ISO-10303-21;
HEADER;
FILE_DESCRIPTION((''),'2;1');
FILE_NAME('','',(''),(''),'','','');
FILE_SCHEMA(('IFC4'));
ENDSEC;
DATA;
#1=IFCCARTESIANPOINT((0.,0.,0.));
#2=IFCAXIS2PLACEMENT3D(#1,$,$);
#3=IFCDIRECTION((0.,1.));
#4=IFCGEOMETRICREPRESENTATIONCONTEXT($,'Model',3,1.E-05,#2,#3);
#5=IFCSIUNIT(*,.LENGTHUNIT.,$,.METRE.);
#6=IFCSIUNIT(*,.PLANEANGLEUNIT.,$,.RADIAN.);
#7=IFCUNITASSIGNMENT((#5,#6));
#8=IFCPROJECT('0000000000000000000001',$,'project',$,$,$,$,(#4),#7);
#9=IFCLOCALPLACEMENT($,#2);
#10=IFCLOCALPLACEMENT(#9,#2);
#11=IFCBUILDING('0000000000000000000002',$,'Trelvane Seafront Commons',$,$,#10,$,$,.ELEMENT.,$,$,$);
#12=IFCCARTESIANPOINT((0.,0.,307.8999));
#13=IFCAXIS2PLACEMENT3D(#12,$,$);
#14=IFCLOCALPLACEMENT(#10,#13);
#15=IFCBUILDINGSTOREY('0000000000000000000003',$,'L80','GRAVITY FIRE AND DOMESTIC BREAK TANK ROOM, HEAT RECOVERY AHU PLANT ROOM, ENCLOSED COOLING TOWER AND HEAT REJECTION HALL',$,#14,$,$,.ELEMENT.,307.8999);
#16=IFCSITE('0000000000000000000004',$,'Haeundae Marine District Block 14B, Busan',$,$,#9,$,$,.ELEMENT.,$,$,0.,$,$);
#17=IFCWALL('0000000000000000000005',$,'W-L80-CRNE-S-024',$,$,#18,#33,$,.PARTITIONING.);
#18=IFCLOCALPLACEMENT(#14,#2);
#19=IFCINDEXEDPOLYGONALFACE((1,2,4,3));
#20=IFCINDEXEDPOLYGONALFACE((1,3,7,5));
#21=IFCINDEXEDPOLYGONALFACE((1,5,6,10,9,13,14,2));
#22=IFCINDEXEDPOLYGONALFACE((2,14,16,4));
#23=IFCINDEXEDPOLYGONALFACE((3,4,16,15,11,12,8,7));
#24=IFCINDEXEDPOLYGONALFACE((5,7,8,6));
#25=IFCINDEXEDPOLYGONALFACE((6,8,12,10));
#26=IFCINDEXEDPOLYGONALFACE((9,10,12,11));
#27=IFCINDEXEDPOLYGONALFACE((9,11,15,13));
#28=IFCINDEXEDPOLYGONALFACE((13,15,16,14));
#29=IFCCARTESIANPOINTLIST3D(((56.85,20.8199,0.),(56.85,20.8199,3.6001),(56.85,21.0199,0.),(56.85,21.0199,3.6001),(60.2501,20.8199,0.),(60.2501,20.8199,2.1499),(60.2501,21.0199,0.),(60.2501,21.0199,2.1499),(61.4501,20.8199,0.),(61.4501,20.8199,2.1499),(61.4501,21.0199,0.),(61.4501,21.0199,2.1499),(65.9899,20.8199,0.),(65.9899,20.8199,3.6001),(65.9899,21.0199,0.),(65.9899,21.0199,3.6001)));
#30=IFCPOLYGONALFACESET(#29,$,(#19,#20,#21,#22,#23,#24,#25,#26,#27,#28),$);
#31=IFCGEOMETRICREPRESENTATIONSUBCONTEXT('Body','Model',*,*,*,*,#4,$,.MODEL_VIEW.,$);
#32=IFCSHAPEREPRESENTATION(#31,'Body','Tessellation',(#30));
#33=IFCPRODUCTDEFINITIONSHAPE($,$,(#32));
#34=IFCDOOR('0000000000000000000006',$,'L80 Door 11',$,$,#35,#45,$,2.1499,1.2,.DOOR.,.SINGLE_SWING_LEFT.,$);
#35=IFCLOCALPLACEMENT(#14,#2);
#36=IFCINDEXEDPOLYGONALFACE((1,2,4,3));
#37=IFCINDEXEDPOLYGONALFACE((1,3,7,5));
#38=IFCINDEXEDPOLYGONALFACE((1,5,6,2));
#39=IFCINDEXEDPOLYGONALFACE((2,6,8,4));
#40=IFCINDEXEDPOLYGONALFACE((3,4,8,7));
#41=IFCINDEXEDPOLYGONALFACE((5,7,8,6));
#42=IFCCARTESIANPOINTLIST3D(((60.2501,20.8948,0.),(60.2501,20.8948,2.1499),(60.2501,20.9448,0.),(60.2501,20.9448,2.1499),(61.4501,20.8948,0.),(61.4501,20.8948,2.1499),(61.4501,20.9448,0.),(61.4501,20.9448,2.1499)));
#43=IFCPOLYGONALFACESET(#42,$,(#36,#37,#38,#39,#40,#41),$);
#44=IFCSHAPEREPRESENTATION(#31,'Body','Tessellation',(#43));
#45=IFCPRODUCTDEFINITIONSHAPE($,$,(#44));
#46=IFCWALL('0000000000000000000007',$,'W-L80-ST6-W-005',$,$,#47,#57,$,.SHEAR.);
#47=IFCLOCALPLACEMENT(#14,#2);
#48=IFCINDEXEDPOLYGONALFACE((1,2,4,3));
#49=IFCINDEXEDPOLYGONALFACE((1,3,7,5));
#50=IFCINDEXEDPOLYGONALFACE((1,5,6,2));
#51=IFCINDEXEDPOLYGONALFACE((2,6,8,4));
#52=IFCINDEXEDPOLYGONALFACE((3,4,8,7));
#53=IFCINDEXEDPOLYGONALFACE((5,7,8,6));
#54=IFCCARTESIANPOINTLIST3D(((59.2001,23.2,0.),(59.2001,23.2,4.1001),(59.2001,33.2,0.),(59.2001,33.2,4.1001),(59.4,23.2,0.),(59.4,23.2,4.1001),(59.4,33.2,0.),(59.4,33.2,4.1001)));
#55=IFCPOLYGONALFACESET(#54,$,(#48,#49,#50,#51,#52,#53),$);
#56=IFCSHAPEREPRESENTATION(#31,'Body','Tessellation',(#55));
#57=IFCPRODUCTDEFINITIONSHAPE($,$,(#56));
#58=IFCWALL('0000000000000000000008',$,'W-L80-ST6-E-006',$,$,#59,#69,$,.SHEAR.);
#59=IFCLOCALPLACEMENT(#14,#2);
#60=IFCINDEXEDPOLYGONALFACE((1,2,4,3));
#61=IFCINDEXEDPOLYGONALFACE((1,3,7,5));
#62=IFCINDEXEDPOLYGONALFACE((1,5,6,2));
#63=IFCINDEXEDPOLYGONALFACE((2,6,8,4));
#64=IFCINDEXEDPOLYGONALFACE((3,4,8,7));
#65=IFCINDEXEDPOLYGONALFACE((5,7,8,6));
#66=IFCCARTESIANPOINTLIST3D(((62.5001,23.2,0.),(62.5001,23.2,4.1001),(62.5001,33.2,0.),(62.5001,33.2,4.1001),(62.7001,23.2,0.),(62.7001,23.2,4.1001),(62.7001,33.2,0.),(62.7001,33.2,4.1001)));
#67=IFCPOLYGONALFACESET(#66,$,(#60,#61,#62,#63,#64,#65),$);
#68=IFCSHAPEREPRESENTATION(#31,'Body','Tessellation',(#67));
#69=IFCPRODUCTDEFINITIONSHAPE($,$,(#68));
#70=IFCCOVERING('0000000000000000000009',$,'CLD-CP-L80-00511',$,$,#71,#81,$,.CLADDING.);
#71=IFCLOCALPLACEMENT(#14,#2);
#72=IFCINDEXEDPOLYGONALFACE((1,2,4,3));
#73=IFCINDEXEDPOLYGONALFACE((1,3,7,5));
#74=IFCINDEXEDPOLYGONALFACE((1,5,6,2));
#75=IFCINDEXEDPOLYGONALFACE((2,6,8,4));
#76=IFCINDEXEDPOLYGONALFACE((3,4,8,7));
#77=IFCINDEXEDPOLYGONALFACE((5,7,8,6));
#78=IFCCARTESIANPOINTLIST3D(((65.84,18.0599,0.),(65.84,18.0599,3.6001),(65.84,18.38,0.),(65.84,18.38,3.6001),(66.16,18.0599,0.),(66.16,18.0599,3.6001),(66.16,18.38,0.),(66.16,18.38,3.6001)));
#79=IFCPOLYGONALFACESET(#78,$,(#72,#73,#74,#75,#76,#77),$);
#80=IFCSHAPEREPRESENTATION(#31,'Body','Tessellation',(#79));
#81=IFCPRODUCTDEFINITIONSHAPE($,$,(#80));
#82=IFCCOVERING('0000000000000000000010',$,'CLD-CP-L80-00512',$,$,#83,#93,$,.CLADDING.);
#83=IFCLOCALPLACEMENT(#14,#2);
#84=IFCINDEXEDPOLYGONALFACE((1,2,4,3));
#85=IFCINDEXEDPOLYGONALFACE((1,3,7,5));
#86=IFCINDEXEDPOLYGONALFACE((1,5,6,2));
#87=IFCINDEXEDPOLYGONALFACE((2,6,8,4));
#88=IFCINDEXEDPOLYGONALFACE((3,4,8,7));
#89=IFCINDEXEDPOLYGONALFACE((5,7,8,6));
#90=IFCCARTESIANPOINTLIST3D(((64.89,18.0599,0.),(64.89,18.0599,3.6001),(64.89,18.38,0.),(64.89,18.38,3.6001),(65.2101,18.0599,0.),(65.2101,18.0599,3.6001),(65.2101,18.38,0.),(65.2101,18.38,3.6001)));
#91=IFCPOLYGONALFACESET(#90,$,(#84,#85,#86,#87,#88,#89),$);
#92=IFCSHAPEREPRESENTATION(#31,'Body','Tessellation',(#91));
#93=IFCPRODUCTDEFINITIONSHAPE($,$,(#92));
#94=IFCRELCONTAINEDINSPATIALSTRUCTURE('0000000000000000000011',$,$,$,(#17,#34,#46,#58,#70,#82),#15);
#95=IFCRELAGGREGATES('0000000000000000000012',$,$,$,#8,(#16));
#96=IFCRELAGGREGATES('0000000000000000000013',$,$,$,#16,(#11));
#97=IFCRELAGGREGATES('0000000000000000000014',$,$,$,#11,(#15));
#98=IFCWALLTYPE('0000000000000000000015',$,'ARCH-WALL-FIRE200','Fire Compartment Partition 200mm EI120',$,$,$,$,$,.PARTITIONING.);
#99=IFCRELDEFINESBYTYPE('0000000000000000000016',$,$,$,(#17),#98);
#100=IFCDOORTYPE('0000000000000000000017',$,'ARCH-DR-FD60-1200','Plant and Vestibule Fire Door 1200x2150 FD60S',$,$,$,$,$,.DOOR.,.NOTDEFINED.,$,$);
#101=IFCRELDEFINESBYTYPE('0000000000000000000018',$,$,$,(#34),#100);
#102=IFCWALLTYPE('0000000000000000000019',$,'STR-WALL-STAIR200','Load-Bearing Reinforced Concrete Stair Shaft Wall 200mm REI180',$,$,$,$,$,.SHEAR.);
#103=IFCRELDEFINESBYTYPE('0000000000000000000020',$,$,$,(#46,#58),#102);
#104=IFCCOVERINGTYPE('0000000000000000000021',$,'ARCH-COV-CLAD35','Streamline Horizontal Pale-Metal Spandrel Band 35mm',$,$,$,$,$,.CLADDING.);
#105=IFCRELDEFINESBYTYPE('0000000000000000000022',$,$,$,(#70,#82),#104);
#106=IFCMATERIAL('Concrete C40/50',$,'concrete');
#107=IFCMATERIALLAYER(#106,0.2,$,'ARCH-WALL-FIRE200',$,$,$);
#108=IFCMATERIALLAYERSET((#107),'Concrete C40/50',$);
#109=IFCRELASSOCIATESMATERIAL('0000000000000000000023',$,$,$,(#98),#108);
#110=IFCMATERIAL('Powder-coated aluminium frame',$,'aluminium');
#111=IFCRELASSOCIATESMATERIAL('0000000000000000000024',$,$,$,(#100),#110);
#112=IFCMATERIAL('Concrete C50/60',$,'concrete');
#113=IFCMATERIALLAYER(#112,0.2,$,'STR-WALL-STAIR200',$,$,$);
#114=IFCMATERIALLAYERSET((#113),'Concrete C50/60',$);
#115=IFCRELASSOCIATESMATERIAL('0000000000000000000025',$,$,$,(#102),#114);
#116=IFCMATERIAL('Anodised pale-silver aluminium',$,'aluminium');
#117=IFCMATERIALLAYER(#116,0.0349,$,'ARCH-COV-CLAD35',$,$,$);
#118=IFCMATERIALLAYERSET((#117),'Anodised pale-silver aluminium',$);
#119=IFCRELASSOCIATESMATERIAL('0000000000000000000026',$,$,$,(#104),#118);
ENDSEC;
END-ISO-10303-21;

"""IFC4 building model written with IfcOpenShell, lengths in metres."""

from ifc_helpers import new_model, si_unit, direction, frame, frame_2d, origin, origin_2d, place, context, subcontext, project, spatial, rectangle, extrude, source, transform, mapped, material, layer, layer_set, type_object, element, fill, save


model = new_model("IFC4")

# Units and contexts
model_context = context("Model", 3, precision=1e-05, world=origin(), true_north=direction((0.0, 1.0)))
body_context = subcontext(model_context, "Body", "Model", "MODEL_VIEW")
ifc_project = project(units=[si_unit("LENGTHUNIT", "METRE"), si_unit("PLANEANGLEUNIT", "RADIAN")], contexts=[model_context])

# Site, building, storey
site_placement = place(None, origin())
site = spatial("IfcSite", under=ifc_project, at=site_placement, Name="Haeundae Marine District Block 14B, Busan", CompositionType="ELEMENT", RefElevation=0.0)
building_placement = place(site_placement, origin())
building = spatial("IfcBuilding", under=site, at=building_placement, Name="Trelvane Seafront Commons", CompositionType="ELEMENT")
storey_placement = place(building_placement, frame((0.0, 0.0, 307.8999)))
storey = spatial("IfcBuildingStorey", under=building, at=storey_placement, Name="L80", Description="GRAVITY FIRE AND DOMESTIC BREAK TANK ROOM, HEAT RECOVERY AHU PLANT ROOM, ENCLOSED COOLING TOWER AND HEAT REJECTION HALL", CompositionType="ELEMENT", Elevation=307.8999)

# Shared definitions
ifc_material_1 = material(Name="Anodised pale-silver aluminium", Category="aluminium")

# Wall, opening, door
ifc_material_2 = material(Name="Concrete C40/50", Category="concrete")
ifc_layer_1 = layer(ifc_material_2, 0.2, Name="ARCH-WALL-FIRE200")
ifc_layer_set_1 = layer_set([ifc_layer_1], Name="Concrete C40/50")
wall_type_1 = type_object("IfcWallType", Name="ARCH-WALL-FIRE200", Description="Fire Compartment Partition 200mm EI120", PredefinedType="PARTITIONING", material=ifc_layer_set_1)
wall_1_placement = place(storey_placement, frame((56.8501, 20.9199, 0.0), z_axis=(0.0, 0.0, 1.0), x_axis=(1.0, 0.0, 0.0)))
wall_1 = element("IfcWall", 1, at=wall_1_placement, inside=storey, type_object=wall_type_1, Name="W-L80-CRNE-S-024", PredefinedType="PARTITIONING", context=body_context, shape_type="SweptSolid", body=[
    extrude(rectangle(XDim=9.1399, YDim=0.2, at=frame_2d((4.5698, 0.0))), origin(), (0.0, 0.0, 1.0), 3.6001),
])
opening_1_placement = place(wall_1_placement, frame((3.3999, 0.0, 0.0)))
opening_1 = element("IfcOpeningElement", 2, at=opening_1_placement, cuts=wall_1, PredefinedType="OPENING", context=body_context, shape_type="SweptSolid", body=[
    extrude(rectangle(XDim=1.2, YDim=2.1499, at=frame_2d((0.6001, 1.075))), frame((0.0, 0.1099, 0.0), z_axis=(0.0, -1.0, 0.0), x_axis=(1.0, 0.0, 0.0)), (0.0, 0.0, 1.0), 0.22),
])
ifc_material_3 = material(Name="Powder-coated aluminium frame", Category="aluminium")
door_type_1 = type_object("IfcDoorType", Name="ARCH-DR-FD60-1200", Description="Plant and Vestibule Fire Door 1200x2150 FD60S", OperationType="NOTDEFINED", PredefinedType="DOOR", material=ifc_material_3)
shared_shape_1 = source(origin(), body_context, "Body", "SweptSolid", [
    extrude(rectangle(XDim=1.2, YDim=2.1499, at=frame_2d((0.6001, 1.075))), frame((0.0, 0.0249, 0.0), z_axis=(0.0, -1.0, 0.0), x_axis=(1.0, 0.0, 0.0)), (0.0, 0.0, 1.0), 0.05),
])
door_1_placement = place(opening_1_placement, origin())
door_1 = element("IfcDoor", 3, at=door_1_placement, inside=storey, type_object=door_type_1, Name="L80 Door 11", OperationType="SINGLE_SWING_LEFT", OverallHeight=2.1499, OverallWidth=1.2, PredefinedType="DOOR", context=body_context, shape_type="MappedRepresentation", body=[
    mapped(shared_shape_1, transform((0.0, 0.0, 0.0), x_axis=(1.0, 0.0, 0.0), y_axis=(0.0, 1.0, 0.0), z_axis=(0.0, 0.0, 1.0), scale=1.0)),
])
fill(opening_1, door_1)

# Walls
ifc_material_4 = material(Name="Concrete C50/60", Category="concrete")
ifc_layer_2 = layer(ifc_material_4, 0.2, Name="STR-WALL-STAIR200")
ifc_layer_set_2 = layer_set([ifc_layer_2], Name="Concrete C50/60")
wall_type_2 = type_object("IfcWallType", Name="STR-WALL-STAIR200", Description="Load-Bearing Reinforced Concrete Stair Shaft Wall 200mm REI180", PredefinedType="SHEAR", material=ifc_layer_set_2)
for number, where, z_axis, x_axis, name in (
    (4, (59.3, 23.2, 0.0), (0.0, 0.0, 1.0), (0.0, 1.0, 0.0), "W-L80-ST6-W-005"),
    (5, (62.6001, 23.2, 0.0), (0.0, 0.0, 1.0), (0.0, 1.0, 0.0), "W-L80-ST6-E-006"),
):
    element("IfcWall", number, at=place(storey_placement, frame(where, z_axis=z_axis, x_axis=x_axis)), inside=storey, type_object=wall_type_2, Name=name, PredefinedType="SHEAR", context=body_context, shape_type="SweptSolid", body=[
        extrude(rectangle(XDim=10.0, YDim=0.2, at=frame_2d((5.0, 0.0))), origin(), (0.0, 0.0, 1.0), 4.1001),
    ])

# Coverings
ifc_layer_3 = layer(ifc_material_1, 0.0349, Name="ARCH-COV-CLAD35")
ifc_layer_set_3 = layer_set([ifc_layer_3], Name="Anodised pale-silver aluminium")
covering_type = type_object("IfcCoveringType", Name="ARCH-COV-CLAD35", Description="Streamline Horizontal Pale-Metal Spandrel Band 35mm", PredefinedType="CLADDING", material=ifc_layer_set_3)
shared_shape_2 = source(origin(), body_context, "Body", "SweptSolid", [
    extrude(rectangle(XDim=0.3201, YDim=0.3201, at=origin_2d()), origin(), (0.0, 0.0, 1.0), 3.6001),
])
for number, where, z_axis, x_axis, name in (
    (6, (66.0, 18.22, 0.0), (0.0, 0.0, 1.0), (1.0, 0.0, 0.0), "CLD-CP-L80-00511"),
    (7, (65.05, 18.22, 0.0), (0.0, 0.0, 1.0), (1.0, 0.0, 0.0), "CLD-CP-L80-00512"),
):
    element("IfcCovering", number, at=place(storey_placement, frame(where, z_axis=z_axis, x_axis=x_axis)), inside=storey, type_object=covering_type, Name=name, PredefinedType="CLADDING", context=body_context, shape_type="MappedRepresentation", body=[
        mapped(shared_shape_2, transform((0.0, 0.0, 0.0), x_axis=(1.0, 0.0, 0.0), y_axis=(0.0, 1.0, 0.0), z_axis=(0.0, 0.0, 1.0), scale=1.0)),
    ])

save(model, "model.ifc")
